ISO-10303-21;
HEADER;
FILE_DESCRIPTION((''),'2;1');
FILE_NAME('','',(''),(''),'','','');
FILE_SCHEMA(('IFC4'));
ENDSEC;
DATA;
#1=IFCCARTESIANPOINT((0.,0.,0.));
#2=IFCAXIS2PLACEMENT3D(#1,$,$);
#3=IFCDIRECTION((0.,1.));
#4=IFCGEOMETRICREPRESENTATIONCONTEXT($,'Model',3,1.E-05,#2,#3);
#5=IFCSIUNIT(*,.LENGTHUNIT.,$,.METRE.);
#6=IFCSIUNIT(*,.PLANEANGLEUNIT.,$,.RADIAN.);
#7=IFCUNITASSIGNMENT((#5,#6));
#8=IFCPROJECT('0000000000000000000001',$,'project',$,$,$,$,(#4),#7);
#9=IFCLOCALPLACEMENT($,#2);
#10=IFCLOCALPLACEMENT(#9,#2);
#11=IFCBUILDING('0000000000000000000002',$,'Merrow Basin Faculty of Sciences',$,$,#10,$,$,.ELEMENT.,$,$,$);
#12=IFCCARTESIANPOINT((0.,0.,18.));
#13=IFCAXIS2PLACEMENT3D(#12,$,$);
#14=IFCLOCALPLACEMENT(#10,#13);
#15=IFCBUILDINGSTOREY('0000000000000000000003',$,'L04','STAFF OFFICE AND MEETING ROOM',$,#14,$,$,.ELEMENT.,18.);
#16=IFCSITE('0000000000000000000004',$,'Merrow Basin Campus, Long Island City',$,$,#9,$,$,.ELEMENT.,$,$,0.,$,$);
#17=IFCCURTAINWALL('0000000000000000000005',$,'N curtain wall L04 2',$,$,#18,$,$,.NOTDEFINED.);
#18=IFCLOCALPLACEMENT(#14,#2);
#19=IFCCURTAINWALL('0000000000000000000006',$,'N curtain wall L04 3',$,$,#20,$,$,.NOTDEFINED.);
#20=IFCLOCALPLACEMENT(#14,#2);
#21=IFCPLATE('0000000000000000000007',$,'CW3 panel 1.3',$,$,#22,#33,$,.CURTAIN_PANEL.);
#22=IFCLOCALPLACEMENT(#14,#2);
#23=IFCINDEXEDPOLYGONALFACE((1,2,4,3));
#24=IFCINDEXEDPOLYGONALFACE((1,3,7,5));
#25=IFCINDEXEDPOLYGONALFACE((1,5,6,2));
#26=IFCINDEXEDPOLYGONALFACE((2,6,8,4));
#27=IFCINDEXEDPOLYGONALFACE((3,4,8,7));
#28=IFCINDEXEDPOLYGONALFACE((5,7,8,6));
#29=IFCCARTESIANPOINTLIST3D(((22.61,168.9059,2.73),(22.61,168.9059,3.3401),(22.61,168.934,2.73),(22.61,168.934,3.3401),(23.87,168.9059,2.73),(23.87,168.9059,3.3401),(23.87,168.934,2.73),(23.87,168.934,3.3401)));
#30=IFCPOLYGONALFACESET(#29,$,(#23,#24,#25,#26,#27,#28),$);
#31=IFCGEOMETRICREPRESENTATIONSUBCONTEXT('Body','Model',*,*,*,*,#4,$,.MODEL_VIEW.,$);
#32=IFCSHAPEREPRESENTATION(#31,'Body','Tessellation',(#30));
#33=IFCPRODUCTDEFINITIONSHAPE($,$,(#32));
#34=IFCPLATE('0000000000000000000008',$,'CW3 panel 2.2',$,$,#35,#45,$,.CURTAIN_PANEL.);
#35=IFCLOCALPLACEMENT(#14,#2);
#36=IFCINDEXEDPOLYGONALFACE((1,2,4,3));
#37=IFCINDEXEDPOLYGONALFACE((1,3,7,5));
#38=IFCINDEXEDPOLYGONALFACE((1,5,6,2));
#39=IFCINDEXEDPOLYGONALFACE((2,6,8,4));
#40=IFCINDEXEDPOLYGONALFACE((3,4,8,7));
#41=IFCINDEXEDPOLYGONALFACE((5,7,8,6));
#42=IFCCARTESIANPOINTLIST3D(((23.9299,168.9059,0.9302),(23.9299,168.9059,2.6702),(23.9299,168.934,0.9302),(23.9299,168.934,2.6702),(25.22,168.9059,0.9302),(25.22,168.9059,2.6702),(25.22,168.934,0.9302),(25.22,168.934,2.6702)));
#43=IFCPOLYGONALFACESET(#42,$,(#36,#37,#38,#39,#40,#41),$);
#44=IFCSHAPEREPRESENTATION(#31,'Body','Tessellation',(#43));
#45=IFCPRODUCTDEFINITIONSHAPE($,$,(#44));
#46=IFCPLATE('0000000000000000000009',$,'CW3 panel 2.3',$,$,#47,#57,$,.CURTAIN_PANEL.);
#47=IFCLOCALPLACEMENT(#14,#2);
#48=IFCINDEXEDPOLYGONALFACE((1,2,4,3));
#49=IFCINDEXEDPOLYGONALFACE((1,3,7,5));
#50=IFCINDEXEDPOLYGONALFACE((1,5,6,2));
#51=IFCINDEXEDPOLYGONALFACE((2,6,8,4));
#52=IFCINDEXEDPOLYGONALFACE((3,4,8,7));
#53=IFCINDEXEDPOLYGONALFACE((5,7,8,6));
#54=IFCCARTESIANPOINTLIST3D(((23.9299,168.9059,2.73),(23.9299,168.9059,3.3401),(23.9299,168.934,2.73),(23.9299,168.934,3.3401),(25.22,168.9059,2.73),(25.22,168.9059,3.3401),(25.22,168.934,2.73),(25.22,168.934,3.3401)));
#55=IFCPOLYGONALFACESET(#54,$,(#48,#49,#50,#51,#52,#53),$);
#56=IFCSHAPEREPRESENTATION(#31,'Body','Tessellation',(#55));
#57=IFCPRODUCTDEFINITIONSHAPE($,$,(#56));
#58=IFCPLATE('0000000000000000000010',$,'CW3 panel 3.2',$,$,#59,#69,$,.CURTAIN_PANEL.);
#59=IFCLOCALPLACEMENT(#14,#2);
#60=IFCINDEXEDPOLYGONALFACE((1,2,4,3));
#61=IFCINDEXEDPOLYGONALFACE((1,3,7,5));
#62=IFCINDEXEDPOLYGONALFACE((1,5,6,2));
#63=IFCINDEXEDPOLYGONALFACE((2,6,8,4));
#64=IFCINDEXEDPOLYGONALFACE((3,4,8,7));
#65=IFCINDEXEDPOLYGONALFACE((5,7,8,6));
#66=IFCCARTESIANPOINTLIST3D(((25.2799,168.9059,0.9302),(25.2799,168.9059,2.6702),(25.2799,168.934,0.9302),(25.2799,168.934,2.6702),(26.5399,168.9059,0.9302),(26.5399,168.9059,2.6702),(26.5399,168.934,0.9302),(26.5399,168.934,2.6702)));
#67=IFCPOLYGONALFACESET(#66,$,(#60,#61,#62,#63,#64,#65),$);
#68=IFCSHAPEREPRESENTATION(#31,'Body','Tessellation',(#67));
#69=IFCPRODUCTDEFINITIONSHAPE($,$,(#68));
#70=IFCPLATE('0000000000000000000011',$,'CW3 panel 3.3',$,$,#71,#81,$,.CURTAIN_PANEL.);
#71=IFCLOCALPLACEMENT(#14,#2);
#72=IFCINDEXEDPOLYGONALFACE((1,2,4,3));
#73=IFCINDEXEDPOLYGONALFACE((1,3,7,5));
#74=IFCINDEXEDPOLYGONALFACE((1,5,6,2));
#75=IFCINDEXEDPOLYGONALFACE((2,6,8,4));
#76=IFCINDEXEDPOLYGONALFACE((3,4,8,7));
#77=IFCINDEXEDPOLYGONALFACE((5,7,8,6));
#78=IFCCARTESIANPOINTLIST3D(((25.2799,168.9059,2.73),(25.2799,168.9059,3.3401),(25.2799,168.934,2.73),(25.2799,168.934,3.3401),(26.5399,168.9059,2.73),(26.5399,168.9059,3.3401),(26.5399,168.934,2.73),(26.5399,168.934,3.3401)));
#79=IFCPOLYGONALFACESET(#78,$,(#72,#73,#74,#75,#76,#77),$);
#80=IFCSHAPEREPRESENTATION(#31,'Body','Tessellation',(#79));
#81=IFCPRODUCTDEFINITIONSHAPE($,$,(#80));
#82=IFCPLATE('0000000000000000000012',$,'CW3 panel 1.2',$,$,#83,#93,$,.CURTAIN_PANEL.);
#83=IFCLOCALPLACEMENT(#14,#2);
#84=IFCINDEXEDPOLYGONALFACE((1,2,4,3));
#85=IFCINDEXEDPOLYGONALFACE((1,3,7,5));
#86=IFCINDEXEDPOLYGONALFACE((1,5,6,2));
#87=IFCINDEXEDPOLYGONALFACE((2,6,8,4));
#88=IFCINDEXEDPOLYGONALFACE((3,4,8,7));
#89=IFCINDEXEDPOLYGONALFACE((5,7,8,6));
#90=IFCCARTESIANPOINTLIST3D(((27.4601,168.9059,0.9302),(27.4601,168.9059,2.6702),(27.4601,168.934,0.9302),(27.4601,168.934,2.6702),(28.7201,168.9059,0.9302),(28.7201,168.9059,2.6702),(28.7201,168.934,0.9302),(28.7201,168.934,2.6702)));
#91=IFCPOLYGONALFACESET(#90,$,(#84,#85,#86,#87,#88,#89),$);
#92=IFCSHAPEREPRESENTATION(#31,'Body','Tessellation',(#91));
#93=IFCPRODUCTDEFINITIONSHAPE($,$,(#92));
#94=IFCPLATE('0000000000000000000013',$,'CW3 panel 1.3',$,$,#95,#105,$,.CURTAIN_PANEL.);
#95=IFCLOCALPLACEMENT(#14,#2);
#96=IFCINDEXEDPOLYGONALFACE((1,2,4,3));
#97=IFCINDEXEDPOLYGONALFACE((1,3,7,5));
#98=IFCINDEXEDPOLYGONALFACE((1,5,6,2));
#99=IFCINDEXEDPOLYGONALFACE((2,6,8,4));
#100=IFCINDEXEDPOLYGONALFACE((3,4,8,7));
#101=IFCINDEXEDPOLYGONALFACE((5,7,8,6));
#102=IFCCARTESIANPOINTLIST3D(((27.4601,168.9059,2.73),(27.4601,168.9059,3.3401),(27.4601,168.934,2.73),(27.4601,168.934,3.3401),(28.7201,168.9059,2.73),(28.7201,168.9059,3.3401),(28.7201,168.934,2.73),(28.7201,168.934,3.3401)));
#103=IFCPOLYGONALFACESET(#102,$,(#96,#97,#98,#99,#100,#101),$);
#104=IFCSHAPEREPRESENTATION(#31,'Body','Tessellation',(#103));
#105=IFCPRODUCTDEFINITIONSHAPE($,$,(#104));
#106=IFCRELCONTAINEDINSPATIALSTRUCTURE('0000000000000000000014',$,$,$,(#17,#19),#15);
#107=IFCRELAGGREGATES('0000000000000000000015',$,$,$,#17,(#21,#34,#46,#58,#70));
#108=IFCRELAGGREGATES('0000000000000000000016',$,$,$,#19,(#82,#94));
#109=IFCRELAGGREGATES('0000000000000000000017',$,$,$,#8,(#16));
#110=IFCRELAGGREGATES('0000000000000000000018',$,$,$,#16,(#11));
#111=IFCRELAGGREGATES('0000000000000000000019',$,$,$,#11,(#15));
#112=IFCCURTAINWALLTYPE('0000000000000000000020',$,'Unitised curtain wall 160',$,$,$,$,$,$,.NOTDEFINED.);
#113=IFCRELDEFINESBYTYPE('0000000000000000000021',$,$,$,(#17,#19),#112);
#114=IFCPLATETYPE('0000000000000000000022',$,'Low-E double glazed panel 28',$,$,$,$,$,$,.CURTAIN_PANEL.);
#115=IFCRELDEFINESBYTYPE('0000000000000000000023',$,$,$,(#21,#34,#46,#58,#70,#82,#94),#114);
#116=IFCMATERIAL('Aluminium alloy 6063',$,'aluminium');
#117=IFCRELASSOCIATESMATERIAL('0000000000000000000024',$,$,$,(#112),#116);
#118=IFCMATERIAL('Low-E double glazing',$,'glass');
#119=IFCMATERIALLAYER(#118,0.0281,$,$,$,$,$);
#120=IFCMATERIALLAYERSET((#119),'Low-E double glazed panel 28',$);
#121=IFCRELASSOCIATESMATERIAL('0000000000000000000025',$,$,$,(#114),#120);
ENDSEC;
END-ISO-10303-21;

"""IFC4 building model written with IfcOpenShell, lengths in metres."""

from ifc_helpers import new_model, si_unit, direction, frame, origin, origin_2d, place, context, subcontext, project, spatial, rectangle, extrude, material, layer, layer_set, type_object, element, aggregate, save


model = new_model("IFC4")

# Units and contexts
model_context = context("Model", 3, precision=1e-05, world=origin(), true_north=direction((0.0, 1.0)))
body_context = subcontext(model_context, "Body", "Model", "MODEL_VIEW")
ifc_project = project(units=[si_unit("LENGTHUNIT", "METRE"), si_unit("PLANEANGLEUNIT", "RADIAN")], contexts=[model_context])

# Site, building, storey
site_placement = place(None, origin())
site = spatial("IfcSite", under=ifc_project, at=site_placement, Name="Merrow Basin Campus, Long Island City", CompositionType="ELEMENT", RefElevation=0.0)
building_placement = place(site_placement, origin())
building = spatial("IfcBuilding", under=site, at=building_placement, Name="Merrow Basin Faculty of Sciences", CompositionType="ELEMENT")
storey_placement = place(building_placement, frame((0.0, 0.0, 18.0)))
storey = spatial("IfcBuildingStorey", under=building, at=storey_placement, Name="L04", Description="STAFF OFFICE AND MEETING ROOM", CompositionType="ELEMENT", Elevation=18.0)

# Curtain walls
ifc_material_1 = material(Name="Aluminium alloy 6063", Category="aluminium")
curtain_wall_type = type_object("IfcCurtainWallType", Name="Unitised curtain wall 160", PredefinedType="NOTDEFINED", material=ifc_material_1)
curtain_wall_1_placement = place(storey_placement, origin())
curtain_wall_1 = element("IfcCurtainWall", 1, at=curtain_wall_1_placement, inside=storey, type_object=curtain_wall_type, Name="N curtain wall L04 2", PredefinedType="NOTDEFINED")
curtain_wall_2_placement = place(storey_placement, origin())
curtain_wall_2 = element("IfcCurtainWall", 2, at=curtain_wall_2_placement, inside=storey, type_object=curtain_wall_type, Name="N curtain wall L04 3", PredefinedType="NOTDEFINED")

# Plates
ifc_material_2 = material(Name="Low-E double glazing", Category="glass")
ifc_layer_1 = layer(ifc_material_2, 0.0281)
ifc_layer_set_1 = layer_set([ifc_layer_1], Name="Low-E double glazed panel 28")
plate_type_1 = type_object("IfcPlateType", Name="Low-E double glazed panel 28", PredefinedType="CURTAIN_PANEL", material=ifc_layer_set_1)
plate_1_placement = place(storey_placement, frame((23.24, 168.9199, 2.73), z_axis=(0.0, 0.0, 1.0), x_axis=(1.0, 0.0, 0.0)))
plate_1 = element("IfcPlate", 3, at=plate_1_placement, type_object=plate_type_1, Name="CW3 panel 1.3", PredefinedType="CURTAIN_PANEL", context=body_context, shape_type="SweptSolid", body=[
    extrude(rectangle(XDim=1.26, YDim=0.0281, at=origin_2d()), origin(), (0.0, 0.0, 1.0), 0.6101),
])
plate_2_placement = place(storey_placement, frame((24.575, 168.9199, 0.9302), z_axis=(0.0, 0.0, 1.0), x_axis=(1.0, 0.0, 0.0)))
plate_2 = element("IfcPlate", 4, at=plate_2_placement, type_object=plate_type_1, Name="CW3 panel 2.2", PredefinedType="CURTAIN_PANEL", context=body_context, shape_type="SweptSolid", body=[
    extrude(rectangle(XDim=1.29, YDim=0.0281, at=origin_2d()), origin(), (0.0, 0.0, 1.0), 1.74),
])
plate_3_placement = place(storey_placement, frame((24.575, 168.9199, 2.73), z_axis=(0.0, 0.0, 1.0), x_axis=(1.0, 0.0, 0.0)))
plate_3 = element("IfcPlate", 5, at=plate_3_placement, type_object=plate_type_1, Name="CW3 panel 2.3", PredefinedType="CURTAIN_PANEL", context=body_context, shape_type="SweptSolid", body=[
    extrude(rectangle(XDim=1.29, YDim=0.0281, at=origin_2d()), origin(), (0.0, 0.0, 1.0), 0.6101),
])
plate_4_placement = place(storey_placement, frame((25.9099, 168.9199, 0.9302), z_axis=(0.0, 0.0, 1.0), x_axis=(1.0, 0.0, 0.0)))
plate_4 = element("IfcPlate", 6, at=plate_4_placement, type_object=plate_type_1, Name="CW3 panel 3.2", PredefinedType="CURTAIN_PANEL", context=body_context, shape_type="SweptSolid", body=[
    extrude(rectangle(XDim=1.26, YDim=0.0281, at=origin_2d()), origin(), (0.0, 0.0, 1.0), 1.74),
])
plate_5_placement = place(storey_placement, frame((25.9099, 168.9199, 2.73), z_axis=(0.0, 0.0, 1.0), x_axis=(1.0, 0.0, 0.0)))
plate_5 = element("IfcPlate", 7, at=plate_5_placement, type_object=plate_type_1, Name="CW3 panel 3.3", PredefinedType="CURTAIN_PANEL", context=body_context, shape_type="SweptSolid", body=[
    extrude(rectangle(XDim=1.26, YDim=0.0281, at=origin_2d()), origin(), (0.0, 0.0, 1.0), 0.6101),
])
aggregate(curtain_wall_1, [plate_1, plate_2, plate_3, plate_4, plate_5])
plate_6_placement = place(storey_placement, frame((28.0901, 168.9199, 0.9302), z_axis=(0.0, 0.0, 1.0), x_axis=(1.0, 0.0, 0.0)))
plate_6 = element("IfcPlate", 8, at=plate_6_placement, type_object=plate_type_1, Name="CW3 panel 1.2", PredefinedType="CURTAIN_PANEL", context=body_context, shape_type="SweptSolid", body=[
    extrude(rectangle(XDim=1.26, YDim=0.0281, at=origin_2d()), origin(), (0.0, 0.0, 1.0), 1.74),
])
plate_7_placement = place(storey_placement, frame((28.0901, 168.9199, 2.73), z_axis=(0.0, 0.0, 1.0), x_axis=(1.0, 0.0, 0.0)))
plate_7 = element("IfcPlate", 9, at=plate_7_placement, type_object=plate_type_1, Name="CW3 panel 1.3", PredefinedType="CURTAIN_PANEL", context=body_context, shape_type="SweptSolid", body=[
    extrude(rectangle(XDim=1.26, YDim=0.0281, at=origin_2d()), origin(), (0.0, 0.0, 1.0), 0.6101),
])
aggregate(curtain_wall_2, [plate_6, plate_7])

save(model, "model.ifc")
